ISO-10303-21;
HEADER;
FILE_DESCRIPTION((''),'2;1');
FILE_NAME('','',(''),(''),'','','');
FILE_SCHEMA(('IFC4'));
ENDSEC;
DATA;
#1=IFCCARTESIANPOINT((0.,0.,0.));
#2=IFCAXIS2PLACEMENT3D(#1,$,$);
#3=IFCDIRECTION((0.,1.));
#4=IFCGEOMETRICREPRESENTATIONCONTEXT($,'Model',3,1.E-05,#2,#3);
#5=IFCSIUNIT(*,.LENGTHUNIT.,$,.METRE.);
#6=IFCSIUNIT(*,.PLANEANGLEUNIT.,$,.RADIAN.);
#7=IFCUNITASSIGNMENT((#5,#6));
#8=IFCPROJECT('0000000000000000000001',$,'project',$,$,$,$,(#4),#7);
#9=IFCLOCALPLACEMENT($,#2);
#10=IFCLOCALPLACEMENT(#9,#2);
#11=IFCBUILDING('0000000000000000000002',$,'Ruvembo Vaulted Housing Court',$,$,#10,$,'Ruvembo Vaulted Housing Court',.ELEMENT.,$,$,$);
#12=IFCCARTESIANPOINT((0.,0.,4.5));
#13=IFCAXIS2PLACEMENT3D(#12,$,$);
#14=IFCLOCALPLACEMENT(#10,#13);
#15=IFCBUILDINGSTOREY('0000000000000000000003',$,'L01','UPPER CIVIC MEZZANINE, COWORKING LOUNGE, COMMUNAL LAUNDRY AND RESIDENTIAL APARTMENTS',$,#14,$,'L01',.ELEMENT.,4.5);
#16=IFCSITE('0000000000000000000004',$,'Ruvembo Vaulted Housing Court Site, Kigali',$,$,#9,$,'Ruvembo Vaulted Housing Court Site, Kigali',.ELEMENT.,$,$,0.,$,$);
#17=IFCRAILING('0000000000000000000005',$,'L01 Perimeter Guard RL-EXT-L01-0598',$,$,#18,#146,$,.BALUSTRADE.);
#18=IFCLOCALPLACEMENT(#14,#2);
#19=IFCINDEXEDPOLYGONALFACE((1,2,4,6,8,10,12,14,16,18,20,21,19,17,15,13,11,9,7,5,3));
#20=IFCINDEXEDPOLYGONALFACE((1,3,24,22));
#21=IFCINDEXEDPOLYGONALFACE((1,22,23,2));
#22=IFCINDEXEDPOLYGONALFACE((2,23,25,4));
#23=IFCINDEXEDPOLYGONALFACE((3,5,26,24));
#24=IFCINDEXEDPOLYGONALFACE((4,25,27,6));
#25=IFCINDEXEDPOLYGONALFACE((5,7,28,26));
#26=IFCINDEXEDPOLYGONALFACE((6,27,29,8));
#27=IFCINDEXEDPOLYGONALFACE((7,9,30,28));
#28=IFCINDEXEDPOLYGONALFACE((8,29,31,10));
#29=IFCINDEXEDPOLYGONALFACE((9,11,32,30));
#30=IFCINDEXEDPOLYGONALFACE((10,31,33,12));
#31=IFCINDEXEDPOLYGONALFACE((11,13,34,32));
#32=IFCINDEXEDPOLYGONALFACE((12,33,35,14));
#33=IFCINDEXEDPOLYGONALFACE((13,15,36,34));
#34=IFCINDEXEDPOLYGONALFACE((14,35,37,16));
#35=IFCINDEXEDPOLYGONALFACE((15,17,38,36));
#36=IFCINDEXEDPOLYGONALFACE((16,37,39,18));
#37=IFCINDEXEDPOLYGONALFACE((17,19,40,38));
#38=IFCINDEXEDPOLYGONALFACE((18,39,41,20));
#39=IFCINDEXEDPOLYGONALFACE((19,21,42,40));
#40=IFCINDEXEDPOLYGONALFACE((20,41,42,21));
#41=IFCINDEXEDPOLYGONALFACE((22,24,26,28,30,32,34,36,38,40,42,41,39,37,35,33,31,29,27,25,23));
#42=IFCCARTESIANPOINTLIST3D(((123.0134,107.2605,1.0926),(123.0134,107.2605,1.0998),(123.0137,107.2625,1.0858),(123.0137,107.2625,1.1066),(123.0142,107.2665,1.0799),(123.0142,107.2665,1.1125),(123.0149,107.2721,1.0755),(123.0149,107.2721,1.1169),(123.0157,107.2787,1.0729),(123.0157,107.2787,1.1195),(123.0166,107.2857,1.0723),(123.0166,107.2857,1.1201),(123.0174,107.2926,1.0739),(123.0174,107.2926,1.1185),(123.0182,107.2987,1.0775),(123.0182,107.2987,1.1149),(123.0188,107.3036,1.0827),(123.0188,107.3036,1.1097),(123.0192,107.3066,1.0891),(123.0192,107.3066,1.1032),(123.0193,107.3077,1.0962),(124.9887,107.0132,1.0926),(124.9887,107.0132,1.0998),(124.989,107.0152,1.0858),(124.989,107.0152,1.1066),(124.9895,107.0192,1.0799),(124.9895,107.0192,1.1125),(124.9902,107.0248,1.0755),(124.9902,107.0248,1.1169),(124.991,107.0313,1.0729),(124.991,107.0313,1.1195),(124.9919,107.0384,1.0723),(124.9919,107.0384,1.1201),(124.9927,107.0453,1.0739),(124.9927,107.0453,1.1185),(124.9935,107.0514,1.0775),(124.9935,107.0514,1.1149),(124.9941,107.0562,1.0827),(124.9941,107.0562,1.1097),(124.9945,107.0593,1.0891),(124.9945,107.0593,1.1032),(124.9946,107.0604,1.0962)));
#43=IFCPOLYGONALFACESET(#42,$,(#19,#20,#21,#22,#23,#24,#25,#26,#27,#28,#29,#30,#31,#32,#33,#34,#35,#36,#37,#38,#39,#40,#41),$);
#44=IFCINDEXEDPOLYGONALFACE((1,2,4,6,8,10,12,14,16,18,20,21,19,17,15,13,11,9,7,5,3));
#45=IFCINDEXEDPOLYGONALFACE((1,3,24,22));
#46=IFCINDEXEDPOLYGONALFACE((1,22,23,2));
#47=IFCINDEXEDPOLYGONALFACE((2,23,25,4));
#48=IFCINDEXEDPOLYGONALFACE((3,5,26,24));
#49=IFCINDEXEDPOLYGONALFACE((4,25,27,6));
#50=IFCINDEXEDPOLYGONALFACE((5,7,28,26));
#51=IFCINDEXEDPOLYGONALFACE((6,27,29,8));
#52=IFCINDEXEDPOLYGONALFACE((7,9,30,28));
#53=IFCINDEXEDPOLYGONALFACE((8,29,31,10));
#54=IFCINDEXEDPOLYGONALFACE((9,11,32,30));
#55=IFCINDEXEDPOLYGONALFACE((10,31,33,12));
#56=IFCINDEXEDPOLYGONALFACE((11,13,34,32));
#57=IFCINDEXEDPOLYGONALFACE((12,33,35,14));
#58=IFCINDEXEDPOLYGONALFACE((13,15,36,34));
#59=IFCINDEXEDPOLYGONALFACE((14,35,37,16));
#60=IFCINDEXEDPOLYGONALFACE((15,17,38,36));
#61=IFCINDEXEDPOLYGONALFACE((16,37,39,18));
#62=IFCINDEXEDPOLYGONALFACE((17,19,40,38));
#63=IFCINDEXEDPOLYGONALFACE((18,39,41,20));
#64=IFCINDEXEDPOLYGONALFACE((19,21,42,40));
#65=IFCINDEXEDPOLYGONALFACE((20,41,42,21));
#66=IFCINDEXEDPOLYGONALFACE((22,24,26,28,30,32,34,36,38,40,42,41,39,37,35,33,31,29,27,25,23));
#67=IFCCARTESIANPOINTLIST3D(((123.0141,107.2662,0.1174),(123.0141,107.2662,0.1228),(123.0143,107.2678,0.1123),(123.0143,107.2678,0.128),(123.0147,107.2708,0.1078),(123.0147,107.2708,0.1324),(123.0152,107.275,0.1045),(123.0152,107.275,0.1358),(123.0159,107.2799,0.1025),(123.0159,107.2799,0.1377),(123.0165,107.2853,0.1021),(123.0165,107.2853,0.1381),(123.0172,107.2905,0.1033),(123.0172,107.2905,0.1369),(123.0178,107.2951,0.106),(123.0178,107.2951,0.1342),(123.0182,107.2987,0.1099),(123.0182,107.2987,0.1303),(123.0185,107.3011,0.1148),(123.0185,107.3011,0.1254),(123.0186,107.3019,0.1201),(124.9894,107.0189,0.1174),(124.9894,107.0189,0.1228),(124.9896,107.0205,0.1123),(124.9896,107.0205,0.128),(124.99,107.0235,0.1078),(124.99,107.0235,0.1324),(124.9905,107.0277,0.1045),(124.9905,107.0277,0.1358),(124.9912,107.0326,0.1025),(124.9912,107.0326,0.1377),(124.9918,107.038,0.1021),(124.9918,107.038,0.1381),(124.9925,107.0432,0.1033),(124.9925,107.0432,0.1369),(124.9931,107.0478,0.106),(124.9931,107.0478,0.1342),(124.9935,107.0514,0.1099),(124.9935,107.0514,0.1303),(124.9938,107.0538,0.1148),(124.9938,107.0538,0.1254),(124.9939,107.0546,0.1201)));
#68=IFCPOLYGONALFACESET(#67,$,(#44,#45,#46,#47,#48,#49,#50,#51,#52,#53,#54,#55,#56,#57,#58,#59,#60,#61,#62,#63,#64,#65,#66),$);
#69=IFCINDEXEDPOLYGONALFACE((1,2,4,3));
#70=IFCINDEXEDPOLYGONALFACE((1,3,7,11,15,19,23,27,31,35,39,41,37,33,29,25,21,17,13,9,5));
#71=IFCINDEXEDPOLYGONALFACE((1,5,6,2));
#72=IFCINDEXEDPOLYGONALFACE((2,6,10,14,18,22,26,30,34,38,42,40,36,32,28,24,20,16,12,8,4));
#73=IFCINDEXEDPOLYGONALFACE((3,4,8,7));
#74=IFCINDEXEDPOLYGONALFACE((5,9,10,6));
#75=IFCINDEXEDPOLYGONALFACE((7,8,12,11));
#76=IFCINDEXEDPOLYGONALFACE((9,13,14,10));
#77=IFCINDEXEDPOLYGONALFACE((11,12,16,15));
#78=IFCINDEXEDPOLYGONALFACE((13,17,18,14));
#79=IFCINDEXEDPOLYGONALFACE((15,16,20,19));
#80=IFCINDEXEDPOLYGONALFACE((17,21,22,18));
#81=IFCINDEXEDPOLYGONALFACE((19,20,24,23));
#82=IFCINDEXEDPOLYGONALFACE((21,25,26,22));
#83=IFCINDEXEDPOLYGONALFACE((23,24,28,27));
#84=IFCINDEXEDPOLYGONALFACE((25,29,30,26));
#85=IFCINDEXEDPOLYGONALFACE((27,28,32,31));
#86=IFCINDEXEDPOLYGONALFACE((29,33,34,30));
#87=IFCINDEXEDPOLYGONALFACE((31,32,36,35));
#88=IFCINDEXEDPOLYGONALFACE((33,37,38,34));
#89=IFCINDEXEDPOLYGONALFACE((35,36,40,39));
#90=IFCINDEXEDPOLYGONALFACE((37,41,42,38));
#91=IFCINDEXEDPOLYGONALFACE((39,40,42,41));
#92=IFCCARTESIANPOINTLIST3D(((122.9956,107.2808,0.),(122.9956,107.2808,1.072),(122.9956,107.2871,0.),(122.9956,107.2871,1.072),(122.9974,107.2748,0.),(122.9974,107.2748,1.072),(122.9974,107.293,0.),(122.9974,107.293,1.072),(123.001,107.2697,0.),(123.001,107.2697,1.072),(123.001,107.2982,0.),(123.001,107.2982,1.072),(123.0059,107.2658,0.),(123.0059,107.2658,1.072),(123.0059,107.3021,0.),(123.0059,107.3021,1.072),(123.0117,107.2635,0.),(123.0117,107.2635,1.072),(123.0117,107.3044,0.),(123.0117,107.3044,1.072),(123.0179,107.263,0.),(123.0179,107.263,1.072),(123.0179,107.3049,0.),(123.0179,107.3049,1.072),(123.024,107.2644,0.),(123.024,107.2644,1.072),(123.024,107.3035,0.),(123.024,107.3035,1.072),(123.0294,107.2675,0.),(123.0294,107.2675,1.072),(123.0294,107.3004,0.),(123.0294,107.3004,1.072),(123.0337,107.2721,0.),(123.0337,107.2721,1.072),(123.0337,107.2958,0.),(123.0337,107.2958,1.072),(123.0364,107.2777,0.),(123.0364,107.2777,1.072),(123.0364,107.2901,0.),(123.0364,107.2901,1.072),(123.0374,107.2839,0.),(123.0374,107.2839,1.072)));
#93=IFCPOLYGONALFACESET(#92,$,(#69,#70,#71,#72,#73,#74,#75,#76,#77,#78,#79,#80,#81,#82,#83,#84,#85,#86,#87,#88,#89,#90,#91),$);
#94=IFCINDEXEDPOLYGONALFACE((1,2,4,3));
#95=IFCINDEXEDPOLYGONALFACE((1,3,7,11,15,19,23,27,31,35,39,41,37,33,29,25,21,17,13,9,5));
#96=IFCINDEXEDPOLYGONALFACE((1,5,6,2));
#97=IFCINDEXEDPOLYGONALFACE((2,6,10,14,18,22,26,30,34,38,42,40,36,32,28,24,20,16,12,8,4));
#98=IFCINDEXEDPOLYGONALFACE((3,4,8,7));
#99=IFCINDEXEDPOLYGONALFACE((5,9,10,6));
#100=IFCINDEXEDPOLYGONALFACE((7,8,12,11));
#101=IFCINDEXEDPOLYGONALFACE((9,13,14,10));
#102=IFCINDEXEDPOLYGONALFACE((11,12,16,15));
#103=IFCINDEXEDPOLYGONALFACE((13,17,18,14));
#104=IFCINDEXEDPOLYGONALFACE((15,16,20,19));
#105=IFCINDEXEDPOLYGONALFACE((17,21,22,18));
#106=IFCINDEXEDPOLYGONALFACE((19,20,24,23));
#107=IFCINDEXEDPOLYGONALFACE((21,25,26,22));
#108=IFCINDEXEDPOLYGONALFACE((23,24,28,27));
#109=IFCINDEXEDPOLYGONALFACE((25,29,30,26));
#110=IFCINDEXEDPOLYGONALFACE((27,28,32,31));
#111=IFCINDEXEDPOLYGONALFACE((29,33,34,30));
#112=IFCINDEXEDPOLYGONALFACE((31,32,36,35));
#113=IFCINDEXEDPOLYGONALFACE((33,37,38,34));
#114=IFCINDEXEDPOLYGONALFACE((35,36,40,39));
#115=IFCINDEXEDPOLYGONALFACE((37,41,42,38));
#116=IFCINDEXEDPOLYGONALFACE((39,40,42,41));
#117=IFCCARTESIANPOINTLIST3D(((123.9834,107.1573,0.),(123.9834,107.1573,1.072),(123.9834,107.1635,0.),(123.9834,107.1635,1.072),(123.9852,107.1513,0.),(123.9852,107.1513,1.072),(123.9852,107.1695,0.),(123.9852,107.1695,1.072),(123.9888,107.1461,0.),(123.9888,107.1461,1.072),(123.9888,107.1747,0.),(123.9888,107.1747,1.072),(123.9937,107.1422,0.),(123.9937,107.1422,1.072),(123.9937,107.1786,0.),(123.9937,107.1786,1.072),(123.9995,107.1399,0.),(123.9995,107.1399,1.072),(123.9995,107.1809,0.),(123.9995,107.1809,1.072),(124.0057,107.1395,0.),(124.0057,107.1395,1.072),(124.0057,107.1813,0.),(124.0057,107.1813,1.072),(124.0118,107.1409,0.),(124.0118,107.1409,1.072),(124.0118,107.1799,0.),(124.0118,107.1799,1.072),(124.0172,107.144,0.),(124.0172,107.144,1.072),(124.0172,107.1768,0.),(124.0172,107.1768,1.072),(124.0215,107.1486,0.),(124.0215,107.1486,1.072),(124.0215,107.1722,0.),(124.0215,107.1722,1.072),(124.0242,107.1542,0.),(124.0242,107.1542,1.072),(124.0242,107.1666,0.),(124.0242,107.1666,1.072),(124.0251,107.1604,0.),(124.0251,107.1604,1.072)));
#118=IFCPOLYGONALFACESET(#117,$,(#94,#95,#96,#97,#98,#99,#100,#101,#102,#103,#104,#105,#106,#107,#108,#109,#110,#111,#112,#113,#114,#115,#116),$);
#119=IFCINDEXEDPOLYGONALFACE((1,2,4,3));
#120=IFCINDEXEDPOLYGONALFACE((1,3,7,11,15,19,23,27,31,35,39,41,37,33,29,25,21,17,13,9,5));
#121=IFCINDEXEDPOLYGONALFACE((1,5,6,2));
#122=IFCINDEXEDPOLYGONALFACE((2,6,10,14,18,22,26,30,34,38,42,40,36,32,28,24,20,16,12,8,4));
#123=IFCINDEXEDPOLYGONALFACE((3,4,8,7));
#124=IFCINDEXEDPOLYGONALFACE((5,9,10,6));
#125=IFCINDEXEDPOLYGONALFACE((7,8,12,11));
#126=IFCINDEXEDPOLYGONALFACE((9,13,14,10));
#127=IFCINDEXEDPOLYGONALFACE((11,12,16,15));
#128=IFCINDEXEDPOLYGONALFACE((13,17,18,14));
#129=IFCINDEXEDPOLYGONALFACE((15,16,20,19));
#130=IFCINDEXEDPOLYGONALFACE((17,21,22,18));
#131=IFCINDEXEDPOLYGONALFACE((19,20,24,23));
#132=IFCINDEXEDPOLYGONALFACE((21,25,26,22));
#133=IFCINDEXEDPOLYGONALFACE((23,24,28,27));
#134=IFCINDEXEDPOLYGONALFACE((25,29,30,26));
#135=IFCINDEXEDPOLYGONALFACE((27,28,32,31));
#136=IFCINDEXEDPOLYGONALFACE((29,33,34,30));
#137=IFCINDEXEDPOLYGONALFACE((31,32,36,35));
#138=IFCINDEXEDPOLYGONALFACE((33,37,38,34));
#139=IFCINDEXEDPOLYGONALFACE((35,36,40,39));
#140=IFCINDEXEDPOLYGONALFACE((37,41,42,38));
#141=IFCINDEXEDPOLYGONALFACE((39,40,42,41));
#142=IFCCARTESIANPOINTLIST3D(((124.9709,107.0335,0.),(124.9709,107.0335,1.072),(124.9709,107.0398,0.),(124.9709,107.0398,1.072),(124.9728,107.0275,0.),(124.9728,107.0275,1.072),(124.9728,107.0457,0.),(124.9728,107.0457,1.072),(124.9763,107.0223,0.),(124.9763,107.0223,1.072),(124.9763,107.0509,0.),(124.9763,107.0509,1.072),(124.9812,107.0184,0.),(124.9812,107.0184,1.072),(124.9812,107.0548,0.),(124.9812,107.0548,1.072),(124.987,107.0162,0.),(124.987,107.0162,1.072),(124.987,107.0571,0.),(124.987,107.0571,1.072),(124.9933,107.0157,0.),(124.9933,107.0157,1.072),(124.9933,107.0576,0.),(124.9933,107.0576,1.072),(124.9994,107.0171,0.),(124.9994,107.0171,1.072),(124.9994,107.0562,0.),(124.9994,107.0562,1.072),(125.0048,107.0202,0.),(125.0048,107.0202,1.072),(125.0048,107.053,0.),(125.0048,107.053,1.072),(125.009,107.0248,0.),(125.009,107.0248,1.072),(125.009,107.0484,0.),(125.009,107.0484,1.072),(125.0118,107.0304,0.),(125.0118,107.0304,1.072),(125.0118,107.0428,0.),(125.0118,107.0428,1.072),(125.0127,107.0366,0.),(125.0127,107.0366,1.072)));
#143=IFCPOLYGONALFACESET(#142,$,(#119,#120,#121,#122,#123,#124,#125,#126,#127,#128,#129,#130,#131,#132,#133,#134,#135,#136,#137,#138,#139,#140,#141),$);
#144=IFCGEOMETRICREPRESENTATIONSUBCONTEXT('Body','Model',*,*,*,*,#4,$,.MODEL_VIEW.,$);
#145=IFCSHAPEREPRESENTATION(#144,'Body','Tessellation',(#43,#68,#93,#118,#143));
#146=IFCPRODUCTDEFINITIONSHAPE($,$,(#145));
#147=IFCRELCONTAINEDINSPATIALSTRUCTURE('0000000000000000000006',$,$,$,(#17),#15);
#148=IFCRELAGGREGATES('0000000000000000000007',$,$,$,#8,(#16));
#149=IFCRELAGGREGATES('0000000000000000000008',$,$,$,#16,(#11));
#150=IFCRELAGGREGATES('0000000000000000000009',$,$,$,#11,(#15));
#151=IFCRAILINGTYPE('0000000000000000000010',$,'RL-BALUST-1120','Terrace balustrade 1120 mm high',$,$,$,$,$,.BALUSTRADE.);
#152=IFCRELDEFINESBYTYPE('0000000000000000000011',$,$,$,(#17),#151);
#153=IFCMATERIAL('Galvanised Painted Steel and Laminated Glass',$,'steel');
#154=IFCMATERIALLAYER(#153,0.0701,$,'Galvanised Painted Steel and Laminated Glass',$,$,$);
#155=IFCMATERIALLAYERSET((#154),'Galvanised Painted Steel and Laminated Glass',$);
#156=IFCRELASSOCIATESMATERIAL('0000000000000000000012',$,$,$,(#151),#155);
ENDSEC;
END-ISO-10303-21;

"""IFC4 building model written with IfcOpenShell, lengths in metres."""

from ifc_helpers import new_model, si_unit, direction, frame, origin, origin_2d, place, context, subcontext, project, spatial, circle, extrude, material, layer, layer_set, type_object, element, save


model = new_model("IFC4")

# Units and contexts
model_context = context("Model", 3, precision=1e-05, world=origin(), true_north=direction((0.0, 1.0)))
body_context = subcontext(model_context, "Body", "Model", "MODEL_VIEW")
ifc_project = project(units=[si_unit("LENGTHUNIT", "METRE"), si_unit("PLANEANGLEUNIT", "RADIAN")], contexts=[model_context])

# Site, building, storey
site_placement = place(None, origin())
site = spatial("IfcSite", under=ifc_project, at=site_placement, Name="Ruvembo Vaulted Housing Court Site, Kigali", LongName="Ruvembo Vaulted Housing Court Site, Kigali", CompositionType="ELEMENT", RefElevation=0.0)
building_placement = place(site_placement, origin())
building = spatial("IfcBuilding", under=site, at=building_placement, Name="Ruvembo Vaulted Housing Court", LongName="Ruvembo Vaulted Housing Court", CompositionType="ELEMENT")
storey_placement = place(building_placement, frame((0.0, 0.0, 4.5)))
storey = spatial("IfcBuildingStorey", under=building, at=storey_placement, Name="L01", Description="UPPER CIVIC MEZZANINE, COWORKING LOUNGE, COMMUNAL LAUNDRY AND RESIDENTIAL APARTMENTS", LongName="L01", CompositionType="ELEMENT", Elevation=4.5)

# Railing
ifc_material_1 = material(Name="Galvanised Painted Steel and Laminated Glass", Category="steel")
ifc_layer_1 = layer(ifc_material_1, 0.0701, Name="Galvanised Painted Steel and Laminated Glass")
ifc_layer_set_1 = layer_set([ifc_layer_1], Name="Galvanised Painted Steel and Laminated Glass")
railing_type = type_object("IfcRailingType", Name="RL-BALUST-1120", Description="Terrace balustrade 1120 mm high", PredefinedType="BALUSTRADE", material=ifc_layer_set_1)
railing_1_placement = place(storey_placement, frame((123.0164, 107.2839, 0.0)))
element("IfcRailing", 1, at=railing_1_placement, inside=storey, type_object=railing_type, Name="L01 Perimeter Guard RL-EXT-L01-0598", PredefinedType="BALUSTRADE", context=body_context, shape_type="SweptSolid", body=[
    extrude(circle(Radius=0.0239, at=origin_2d()), frame((0.0, 0.0, 1.0962), z_axis=(0.992253, -0.124231, 0.0), x_axis=(0.124231, 0.992253, 0.0)), (0.0, 0.0, 1.0), 1.9907),
    extrude(circle(Radius=0.0181, at=origin_2d()), frame((0.0, 0.0, 0.1201), z_axis=(0.992253, -0.124231, 0.0), x_axis=(0.124231, 0.992253, 0.0)), (0.0, 0.0, 1.0), 1.9907),
    extrude(circle(Radius=0.021, at=origin_2d()), origin(), (0.0, 0.0, 1.0), 1.072),
    extrude(circle(Radius=0.021, at=origin_2d()), frame((0.9878, -0.1235, 0.0)), (0.0, 0.0, 1.0), 1.072),
    extrude(circle(Radius=0.021, at=origin_2d()), frame((1.9753, -0.2473, 0.0)), (0.0, 0.0, 1.0), 1.072),
])

save(model, "model.ifc")
